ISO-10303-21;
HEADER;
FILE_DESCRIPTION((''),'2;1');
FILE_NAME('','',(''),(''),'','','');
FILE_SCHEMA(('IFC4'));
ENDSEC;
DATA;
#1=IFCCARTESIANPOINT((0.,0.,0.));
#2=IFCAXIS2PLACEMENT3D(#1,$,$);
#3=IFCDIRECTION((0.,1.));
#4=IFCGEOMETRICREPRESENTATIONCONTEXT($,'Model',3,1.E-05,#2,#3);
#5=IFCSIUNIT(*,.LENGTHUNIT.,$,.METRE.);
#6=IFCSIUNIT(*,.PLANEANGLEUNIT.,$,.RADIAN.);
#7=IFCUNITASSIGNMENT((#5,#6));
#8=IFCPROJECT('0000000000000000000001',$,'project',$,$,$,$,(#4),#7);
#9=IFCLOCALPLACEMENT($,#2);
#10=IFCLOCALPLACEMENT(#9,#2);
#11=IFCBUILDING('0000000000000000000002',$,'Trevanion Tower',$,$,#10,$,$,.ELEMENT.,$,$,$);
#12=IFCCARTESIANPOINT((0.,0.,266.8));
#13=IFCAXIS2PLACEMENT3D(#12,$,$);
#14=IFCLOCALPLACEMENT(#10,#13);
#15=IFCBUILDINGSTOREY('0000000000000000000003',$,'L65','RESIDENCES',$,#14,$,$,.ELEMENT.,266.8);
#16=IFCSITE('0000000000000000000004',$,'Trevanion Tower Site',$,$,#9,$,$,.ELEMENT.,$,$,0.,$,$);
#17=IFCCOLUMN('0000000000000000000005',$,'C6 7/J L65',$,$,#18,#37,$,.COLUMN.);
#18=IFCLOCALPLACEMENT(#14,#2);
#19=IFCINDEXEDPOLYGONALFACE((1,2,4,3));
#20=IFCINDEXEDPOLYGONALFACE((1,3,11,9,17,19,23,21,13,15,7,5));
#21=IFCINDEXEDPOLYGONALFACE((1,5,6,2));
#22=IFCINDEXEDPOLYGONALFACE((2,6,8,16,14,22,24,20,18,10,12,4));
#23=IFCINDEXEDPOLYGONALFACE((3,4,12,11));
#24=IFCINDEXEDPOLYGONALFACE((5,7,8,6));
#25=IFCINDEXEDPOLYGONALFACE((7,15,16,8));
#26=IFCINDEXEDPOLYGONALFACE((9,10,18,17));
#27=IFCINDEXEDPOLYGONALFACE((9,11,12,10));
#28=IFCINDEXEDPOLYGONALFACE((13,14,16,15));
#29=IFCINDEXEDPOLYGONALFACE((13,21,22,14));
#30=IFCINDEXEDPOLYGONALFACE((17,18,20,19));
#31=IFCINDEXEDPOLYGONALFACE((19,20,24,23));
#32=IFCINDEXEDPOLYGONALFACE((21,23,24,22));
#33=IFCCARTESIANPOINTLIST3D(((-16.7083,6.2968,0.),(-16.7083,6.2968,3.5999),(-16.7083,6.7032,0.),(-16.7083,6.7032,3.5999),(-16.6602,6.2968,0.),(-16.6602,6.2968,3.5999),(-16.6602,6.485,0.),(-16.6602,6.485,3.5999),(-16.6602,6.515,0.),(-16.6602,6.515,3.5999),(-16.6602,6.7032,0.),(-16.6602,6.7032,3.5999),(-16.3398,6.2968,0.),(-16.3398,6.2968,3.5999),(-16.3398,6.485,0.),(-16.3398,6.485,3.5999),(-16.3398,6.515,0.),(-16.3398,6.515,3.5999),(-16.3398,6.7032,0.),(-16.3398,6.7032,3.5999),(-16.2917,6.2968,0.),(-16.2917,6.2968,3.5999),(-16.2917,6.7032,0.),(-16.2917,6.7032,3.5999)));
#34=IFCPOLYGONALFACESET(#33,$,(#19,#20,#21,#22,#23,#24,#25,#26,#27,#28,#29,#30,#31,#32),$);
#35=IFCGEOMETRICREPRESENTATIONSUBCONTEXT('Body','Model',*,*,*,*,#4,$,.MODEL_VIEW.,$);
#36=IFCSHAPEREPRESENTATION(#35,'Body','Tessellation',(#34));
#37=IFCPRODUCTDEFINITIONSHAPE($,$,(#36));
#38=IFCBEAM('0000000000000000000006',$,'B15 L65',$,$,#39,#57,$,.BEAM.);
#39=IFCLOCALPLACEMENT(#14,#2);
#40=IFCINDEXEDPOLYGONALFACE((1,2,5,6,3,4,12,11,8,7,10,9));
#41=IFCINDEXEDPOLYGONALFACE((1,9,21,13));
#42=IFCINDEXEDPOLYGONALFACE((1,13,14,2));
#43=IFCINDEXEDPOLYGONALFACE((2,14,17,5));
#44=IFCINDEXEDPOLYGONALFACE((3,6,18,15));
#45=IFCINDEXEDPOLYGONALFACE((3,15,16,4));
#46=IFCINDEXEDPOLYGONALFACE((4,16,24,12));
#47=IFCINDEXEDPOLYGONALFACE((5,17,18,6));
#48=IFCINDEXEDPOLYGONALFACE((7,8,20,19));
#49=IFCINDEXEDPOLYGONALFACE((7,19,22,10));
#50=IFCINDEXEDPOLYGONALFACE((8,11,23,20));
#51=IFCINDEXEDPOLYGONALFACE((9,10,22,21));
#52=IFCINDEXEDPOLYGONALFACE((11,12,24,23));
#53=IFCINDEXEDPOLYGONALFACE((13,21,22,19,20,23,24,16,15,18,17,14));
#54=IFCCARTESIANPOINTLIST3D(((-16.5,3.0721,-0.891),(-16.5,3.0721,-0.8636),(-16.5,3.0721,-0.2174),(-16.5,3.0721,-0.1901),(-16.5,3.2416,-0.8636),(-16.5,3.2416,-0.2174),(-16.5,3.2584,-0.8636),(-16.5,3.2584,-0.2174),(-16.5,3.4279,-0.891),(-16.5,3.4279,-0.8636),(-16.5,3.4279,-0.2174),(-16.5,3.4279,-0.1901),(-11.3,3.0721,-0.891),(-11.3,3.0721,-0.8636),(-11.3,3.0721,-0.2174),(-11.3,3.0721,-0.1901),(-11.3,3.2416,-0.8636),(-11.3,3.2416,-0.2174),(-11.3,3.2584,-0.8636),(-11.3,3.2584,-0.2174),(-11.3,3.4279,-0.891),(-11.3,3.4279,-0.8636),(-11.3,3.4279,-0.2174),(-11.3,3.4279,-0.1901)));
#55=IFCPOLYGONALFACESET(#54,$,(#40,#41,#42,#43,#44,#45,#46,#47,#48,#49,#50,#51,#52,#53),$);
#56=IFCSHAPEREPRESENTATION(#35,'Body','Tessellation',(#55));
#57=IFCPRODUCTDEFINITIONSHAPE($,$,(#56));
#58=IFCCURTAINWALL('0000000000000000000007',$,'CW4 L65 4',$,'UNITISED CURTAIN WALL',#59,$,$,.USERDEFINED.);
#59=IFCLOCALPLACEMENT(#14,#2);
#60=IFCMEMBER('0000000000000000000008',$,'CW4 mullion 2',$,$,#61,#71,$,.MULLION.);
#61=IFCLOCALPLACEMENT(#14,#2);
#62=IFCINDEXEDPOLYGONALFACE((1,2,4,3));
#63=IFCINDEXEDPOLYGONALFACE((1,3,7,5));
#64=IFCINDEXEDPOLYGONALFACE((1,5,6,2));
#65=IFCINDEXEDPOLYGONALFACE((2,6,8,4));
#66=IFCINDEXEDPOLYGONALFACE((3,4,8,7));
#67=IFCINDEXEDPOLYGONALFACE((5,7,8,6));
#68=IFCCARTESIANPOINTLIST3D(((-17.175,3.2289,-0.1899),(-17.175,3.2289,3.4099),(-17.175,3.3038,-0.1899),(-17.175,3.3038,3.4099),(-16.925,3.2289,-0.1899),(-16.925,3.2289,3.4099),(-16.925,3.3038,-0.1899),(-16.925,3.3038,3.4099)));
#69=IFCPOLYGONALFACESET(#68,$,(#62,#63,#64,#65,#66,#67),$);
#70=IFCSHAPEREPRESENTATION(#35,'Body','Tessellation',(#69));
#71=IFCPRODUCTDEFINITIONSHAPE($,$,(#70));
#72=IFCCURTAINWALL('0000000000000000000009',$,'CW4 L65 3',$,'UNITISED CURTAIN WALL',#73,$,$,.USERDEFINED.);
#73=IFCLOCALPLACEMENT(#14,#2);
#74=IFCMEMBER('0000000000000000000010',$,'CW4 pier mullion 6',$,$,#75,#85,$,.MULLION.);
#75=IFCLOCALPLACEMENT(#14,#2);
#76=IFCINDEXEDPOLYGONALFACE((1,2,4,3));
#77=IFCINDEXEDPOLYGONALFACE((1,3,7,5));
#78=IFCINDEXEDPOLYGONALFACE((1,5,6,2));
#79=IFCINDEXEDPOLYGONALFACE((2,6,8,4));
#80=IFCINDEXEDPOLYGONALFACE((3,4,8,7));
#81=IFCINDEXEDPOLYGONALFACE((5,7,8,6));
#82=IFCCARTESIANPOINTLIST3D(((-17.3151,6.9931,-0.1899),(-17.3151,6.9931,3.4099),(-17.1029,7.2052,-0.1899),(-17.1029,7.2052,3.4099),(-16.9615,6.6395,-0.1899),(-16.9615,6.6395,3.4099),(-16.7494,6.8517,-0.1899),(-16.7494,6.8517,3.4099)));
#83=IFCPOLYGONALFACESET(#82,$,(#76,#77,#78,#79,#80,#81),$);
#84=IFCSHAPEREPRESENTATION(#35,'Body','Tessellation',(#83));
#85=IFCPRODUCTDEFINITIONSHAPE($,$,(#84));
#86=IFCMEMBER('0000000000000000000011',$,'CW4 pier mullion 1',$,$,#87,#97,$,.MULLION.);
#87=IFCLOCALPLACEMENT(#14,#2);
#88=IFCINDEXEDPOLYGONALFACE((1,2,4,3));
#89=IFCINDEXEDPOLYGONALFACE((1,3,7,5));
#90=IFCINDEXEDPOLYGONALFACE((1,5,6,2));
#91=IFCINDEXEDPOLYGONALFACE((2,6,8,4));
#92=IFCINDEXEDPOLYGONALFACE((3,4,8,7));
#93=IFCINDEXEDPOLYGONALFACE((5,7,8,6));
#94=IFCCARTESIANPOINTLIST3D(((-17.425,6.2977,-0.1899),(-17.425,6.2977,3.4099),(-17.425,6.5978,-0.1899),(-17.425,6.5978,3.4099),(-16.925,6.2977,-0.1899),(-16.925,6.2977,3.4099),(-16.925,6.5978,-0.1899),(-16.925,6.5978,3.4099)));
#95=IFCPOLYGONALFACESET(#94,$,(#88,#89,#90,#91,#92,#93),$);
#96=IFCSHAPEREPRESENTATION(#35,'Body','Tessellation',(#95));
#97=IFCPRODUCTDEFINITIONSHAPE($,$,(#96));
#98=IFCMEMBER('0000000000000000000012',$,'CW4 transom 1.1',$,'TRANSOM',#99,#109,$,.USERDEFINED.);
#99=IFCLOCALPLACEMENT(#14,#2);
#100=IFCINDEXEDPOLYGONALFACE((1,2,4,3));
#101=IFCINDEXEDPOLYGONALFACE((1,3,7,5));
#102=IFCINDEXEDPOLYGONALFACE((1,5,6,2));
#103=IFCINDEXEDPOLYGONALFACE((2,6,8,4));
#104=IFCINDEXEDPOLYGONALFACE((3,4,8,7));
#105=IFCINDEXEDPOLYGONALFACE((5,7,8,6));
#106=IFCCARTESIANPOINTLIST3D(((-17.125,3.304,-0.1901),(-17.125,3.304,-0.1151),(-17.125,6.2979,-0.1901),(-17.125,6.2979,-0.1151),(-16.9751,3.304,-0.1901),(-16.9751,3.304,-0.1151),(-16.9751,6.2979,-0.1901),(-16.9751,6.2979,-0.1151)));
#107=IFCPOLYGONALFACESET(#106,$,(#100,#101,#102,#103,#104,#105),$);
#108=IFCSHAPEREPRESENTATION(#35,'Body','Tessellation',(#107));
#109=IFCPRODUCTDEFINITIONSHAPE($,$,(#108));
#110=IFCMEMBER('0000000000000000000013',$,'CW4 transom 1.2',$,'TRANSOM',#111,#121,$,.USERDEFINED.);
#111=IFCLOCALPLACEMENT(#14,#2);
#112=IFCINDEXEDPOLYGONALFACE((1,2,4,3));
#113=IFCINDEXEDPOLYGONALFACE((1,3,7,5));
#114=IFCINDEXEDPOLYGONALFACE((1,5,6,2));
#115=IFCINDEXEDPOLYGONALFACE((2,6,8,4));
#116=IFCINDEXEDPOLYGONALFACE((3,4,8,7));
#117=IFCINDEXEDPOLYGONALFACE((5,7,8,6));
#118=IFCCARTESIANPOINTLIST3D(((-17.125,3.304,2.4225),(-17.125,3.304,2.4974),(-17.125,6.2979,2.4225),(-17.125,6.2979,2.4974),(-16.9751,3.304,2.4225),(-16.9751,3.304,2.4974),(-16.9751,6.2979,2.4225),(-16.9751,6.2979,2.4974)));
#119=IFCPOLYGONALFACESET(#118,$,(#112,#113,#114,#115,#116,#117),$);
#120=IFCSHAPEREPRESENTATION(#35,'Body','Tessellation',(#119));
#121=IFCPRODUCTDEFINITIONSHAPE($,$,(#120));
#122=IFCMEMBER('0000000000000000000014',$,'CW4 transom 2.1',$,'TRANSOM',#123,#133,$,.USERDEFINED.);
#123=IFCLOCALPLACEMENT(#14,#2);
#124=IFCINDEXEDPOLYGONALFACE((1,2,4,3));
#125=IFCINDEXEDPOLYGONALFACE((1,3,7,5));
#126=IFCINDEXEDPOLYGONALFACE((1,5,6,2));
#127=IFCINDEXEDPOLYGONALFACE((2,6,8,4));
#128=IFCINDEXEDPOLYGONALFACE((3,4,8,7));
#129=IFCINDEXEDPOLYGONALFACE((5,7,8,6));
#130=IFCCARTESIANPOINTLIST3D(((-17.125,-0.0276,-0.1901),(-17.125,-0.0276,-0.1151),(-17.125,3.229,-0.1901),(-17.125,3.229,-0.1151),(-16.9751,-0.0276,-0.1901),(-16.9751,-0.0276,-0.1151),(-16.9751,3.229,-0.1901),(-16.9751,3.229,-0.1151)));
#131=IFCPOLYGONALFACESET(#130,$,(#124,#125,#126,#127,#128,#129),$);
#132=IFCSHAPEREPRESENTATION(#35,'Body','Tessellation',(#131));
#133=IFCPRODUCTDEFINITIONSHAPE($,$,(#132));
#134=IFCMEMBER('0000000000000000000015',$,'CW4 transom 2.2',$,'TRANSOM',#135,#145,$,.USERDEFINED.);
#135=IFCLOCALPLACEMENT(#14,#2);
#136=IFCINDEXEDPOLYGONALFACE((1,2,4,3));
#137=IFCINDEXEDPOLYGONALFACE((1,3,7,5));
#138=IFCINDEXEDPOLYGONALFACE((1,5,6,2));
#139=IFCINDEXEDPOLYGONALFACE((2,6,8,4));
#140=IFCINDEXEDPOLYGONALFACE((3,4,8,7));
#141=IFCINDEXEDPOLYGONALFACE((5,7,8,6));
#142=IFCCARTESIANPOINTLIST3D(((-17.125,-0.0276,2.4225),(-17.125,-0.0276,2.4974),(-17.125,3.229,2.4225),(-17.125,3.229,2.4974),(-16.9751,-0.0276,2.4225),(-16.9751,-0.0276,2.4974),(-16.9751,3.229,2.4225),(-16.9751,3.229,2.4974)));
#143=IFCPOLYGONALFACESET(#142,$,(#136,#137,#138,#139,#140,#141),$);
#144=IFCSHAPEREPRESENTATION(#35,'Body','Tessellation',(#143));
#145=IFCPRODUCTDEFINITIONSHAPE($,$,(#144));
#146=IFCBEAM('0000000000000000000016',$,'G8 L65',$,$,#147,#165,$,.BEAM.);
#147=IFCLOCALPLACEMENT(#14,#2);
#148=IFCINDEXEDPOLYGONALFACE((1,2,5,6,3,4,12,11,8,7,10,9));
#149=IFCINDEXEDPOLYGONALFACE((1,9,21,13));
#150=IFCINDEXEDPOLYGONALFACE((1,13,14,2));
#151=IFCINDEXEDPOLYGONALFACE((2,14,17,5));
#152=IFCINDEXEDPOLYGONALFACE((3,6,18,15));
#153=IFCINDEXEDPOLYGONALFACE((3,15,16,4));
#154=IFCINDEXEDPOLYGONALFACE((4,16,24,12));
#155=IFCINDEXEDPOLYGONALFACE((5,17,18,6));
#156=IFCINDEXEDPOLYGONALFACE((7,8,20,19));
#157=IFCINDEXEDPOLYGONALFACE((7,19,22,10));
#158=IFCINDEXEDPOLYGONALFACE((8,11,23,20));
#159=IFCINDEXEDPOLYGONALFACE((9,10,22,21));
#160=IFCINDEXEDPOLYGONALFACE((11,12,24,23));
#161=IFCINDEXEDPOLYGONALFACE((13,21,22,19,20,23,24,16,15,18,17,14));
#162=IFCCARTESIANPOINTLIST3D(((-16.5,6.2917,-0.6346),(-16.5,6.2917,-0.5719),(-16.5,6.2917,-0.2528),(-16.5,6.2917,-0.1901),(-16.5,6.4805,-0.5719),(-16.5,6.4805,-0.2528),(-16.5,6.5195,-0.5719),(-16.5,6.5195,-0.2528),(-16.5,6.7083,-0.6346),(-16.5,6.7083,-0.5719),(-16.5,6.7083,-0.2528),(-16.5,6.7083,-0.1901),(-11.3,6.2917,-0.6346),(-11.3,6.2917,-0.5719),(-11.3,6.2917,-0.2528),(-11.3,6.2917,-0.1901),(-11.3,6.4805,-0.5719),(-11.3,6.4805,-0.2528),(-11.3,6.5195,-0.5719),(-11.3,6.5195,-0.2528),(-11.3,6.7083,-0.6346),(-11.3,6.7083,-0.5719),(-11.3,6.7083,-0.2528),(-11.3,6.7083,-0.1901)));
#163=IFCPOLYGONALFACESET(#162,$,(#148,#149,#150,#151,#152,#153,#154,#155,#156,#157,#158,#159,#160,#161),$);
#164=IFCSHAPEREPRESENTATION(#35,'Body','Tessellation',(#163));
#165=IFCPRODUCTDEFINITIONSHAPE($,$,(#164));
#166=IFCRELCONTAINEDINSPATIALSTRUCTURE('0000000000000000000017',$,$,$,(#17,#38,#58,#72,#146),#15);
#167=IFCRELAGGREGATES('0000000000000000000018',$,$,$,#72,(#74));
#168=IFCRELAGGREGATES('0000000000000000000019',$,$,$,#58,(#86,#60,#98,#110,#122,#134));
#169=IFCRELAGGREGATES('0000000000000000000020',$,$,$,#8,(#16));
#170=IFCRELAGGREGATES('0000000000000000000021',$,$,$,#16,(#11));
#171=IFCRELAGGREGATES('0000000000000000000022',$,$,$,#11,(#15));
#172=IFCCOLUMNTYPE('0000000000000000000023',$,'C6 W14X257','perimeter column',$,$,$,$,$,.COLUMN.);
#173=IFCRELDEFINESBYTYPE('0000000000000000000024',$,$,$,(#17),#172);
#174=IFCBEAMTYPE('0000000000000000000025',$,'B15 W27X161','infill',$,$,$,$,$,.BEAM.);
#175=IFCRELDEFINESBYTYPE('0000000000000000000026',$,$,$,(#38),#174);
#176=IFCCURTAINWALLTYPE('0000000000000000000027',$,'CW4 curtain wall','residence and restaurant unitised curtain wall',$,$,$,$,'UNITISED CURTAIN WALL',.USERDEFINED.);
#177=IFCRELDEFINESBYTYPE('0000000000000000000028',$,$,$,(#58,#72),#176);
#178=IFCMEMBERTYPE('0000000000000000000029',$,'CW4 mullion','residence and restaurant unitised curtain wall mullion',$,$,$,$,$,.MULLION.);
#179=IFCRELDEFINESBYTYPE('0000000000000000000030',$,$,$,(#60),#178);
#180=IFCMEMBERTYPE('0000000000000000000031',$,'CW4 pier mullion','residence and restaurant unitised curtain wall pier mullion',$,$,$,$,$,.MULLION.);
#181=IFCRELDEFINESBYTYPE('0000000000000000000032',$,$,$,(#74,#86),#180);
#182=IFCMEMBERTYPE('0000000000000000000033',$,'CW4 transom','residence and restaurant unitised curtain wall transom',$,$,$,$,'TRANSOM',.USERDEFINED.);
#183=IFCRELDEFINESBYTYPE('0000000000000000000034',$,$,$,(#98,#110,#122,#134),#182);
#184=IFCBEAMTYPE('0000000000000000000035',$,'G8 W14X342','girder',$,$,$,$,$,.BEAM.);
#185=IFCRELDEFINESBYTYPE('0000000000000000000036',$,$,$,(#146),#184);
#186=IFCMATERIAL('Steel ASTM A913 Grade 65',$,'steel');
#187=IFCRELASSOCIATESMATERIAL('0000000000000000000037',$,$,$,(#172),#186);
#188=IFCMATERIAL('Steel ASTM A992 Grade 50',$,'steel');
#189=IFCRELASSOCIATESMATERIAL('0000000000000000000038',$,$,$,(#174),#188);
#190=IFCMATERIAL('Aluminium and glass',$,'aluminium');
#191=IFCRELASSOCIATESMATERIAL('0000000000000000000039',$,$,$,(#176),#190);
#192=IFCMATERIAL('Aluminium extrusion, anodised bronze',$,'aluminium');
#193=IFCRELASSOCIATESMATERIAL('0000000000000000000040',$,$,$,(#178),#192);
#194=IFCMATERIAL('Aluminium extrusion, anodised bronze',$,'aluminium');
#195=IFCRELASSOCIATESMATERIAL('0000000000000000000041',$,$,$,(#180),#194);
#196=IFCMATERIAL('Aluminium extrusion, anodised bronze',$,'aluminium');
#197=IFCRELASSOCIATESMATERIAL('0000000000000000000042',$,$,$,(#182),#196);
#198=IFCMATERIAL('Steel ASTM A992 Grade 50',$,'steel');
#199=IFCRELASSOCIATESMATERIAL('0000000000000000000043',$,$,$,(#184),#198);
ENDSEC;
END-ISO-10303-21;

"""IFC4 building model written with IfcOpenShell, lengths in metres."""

from ifc_helpers import new_model, si_unit, direction, frame, origin, origin_2d, place, context, subcontext, project, spatial, rectangle, i_section, extrude, material, material_profile, profile_set, type_object, element, aggregate, save


model = new_model("IFC4")

# Units and contexts
model_context = context("Model", 3, precision=1e-05, world=origin(), true_north=direction((0.0, 1.0)))
body_context = subcontext(model_context, "Body", "Model", "MODEL_VIEW")
ifc_project = project(units=[si_unit("LENGTHUNIT", "METRE"), si_unit("PLANEANGLEUNIT", "RADIAN")], contexts=[model_context])

# Site, building, storey
site_placement = place(None, origin())
site = spatial("IfcSite", under=ifc_project, at=site_placement, Name="Trevanion Tower Site", CompositionType="ELEMENT", RefElevation=0.0)
building_placement = place(site_placement, origin())
building = spatial("IfcBuilding", under=site, at=building_placement, Name="Trevanion Tower", CompositionType="ELEMENT")
storey_placement = place(building_placement, frame((0.0, 0.0, 266.8)))
storey = spatial("IfcBuildingStorey", under=building, at=storey_placement, Name="L65", Description="RESIDENCES", CompositionType="ELEMENT", Elevation=266.8)

# Column
ifc_material_1 = material(Name="Steel ASTM A913 Grade 65", Category="steel")
ifc_material_profile_1 = material_profile(ifc_material_1, i_section(OverallWidth=0.4065, OverallDepth=0.4165, WebThickness=0.03, FlangeThickness=0.0481, at=origin_2d()), Name="W14X257")
ifc_profile_set_1 = profile_set([ifc_material_profile_1], Name="Steel ASTM A913 Grade 65")
column_type = type_object("IfcColumnType", Name="C6 W14X257", Description="perimeter column", PredefinedType="COLUMN", material=ifc_profile_set_1)
column_placement = place(storey_placement, frame((-16.5, 6.5, 0.0), z_axis=(0.0, 0.0, 1.0), x_axis=(0.0, 1.0, 0.0)))
element("IfcColumn", 1, at=column_placement, inside=storey, type_object=column_type, Name="C6 7/J L65", PredefinedType="COLUMN", context=body_context, shape_type="SweptSolid", body=[
    extrude(i_section(OverallWidth=0.4065, OverallDepth=0.4165, WebThickness=0.03, FlangeThickness=0.0481, at=origin_2d()), origin(), (0.0, 0.0, 1.0), 3.5999),
])

# Beam
ifc_material_2 = material(Name="Steel ASTM A992 Grade 50", Category="steel")
ifc_material_profile_2 = material_profile(ifc_material_2, i_section(OverallWidth=0.3557, OverallDepth=0.7009, WebThickness=0.0168, FlangeThickness=0.0273, at=origin_2d()), Name="W27X161")
ifc_profile_set_2 = profile_set([ifc_material_profile_2], Name="Steel ASTM A992 Grade 50")
beam_type_1 = type_object("IfcBeamType", Name="B15 W27X161", Description="infill", PredefinedType="BEAM", material=ifc_profile_set_2)
beam_1_placement = place(storey_placement, frame((-11.3, 3.25, -0.5405), z_axis=(-1.0, 0.0, 0.0), x_axis=(0.0, -1.0, 0.0)))
element("IfcBeam", 2, at=beam_1_placement, inside=storey, type_object=beam_type_1, Name="B15 L65", PredefinedType="BEAM", context=body_context, shape_type="SweptSolid", body=[
    extrude(i_section(OverallWidth=0.3557, OverallDepth=0.7009, WebThickness=0.0168, FlangeThickness=0.0273, at=origin_2d()), origin(), (0.0, 0.0, 1.0), 5.2),
])

# Curtain walls, members
ifc_material_3 = material(Name="Aluminium and glass", Category="aluminium")
curtain_wall_type = type_object("IfcCurtainWallType", Name="CW4 curtain wall", Description="residence and restaurant unitised curtain wall", ElementType="UNITISED CURTAIN WALL", PredefinedType="USERDEFINED", material=ifc_material_3)
curtain_wall_1_placement = place(storey_placement, origin())
curtain_wall_1 = element("IfcCurtainWall", 3, at=curtain_wall_1_placement, inside=storey, type_object=curtain_wall_type, Name="CW4 L65 4", ObjectType="UNITISED CURTAIN WALL", PredefinedType="USERDEFINED")
ifc_material_4 = material(Name="Aluminium extrusion, anodised bronze", Category="aluminium")
ifc_material_profile_3 = material_profile(ifc_material_4, rectangle(XDim=0.075, YDim=0.25, at=origin_2d()), Name="CW4 mullion")
ifc_profile_set_3 = profile_set([ifc_material_profile_3], Name="Aluminium extrusion, anodised bronze")
member_type_1 = type_object("IfcMemberType", Name="CW4 mullion", Description="residence and restaurant unitised curtain wall mullion", PredefinedType="MULLION", material=ifc_profile_set_3)
member_1_placement = place(storey_placement, frame((-17.05, 3.2664, -0.1899), z_axis=(0.0, 0.0, 1.0), x_axis=(0.0, -1.0, 0.0)))
member_1 = element("IfcMember", 4, at=member_1_placement, type_object=member_type_1, Name="CW4 mullion 2", PredefinedType="MULLION", context=body_context, shape_type="SweptSolid", body=[
    extrude(rectangle(XDim=0.075, YDim=0.25, at=origin_2d()), origin(), (0.0, 0.0, 1.0), 3.5999),
])
curtain_wall_2_placement = place(storey_placement, origin())
curtain_wall_2 = element("IfcCurtainWall", 5, at=curtain_wall_2_placement, inside=storey, type_object=curtain_wall_type, Name="CW4 L65 3", ObjectType="UNITISED CURTAIN WALL", PredefinedType="USERDEFINED")
ifc_material_5 = material(Name="Aluminium extrusion, anodised bronze", Category="aluminium")
ifc_material_profile_4 = material_profile(ifc_material_5, rectangle(XDim=0.3, YDim=0.5, at=origin_2d()), Name="CW4 pier mullion")
ifc_profile_set_4 = profile_set([ifc_material_profile_4], Name="Aluminium extrusion, anodised bronze")
member_type_2 = type_object("IfcMemberType", Name="CW4 pier mullion", Description="residence and restaurant unitised curtain wall pier mullion", PredefinedType="MULLION", material=ifc_profile_set_4)
member_2_placement = place(storey_placement, frame((-17.0322, 6.9224, -0.1899), z_axis=(0.0, 0.0, 1.0), x_axis=(-0.707107, -0.707107, 0.0)))
member_2 = element("IfcMember", 6, at=member_2_placement, type_object=member_type_2, Name="CW4 pier mullion 6", PredefinedType="MULLION", context=body_context, shape_type="SweptSolid", body=[
    extrude(rectangle(XDim=0.3, YDim=0.5, at=origin_2d()), origin(), (0.0, 0.0, 1.0), 3.5999),
])

# Members
member_3_placement = place(storey_placement, frame((-17.175, 6.4478, -0.1899), z_axis=(0.0, 0.0, 1.0), x_axis=(0.0, -1.0, 0.0)))
member_3 = element("IfcMember", 7, at=member_3_placement, type_object=member_type_2, Name="CW4 pier mullion 1", PredefinedType="MULLION", context=body_context, shape_type="SweptSolid", body=[
    extrude(rectangle(XDim=0.3, YDim=0.5, at=origin_2d()), origin(), (0.0, 0.0, 1.0), 3.5999),
])
ifc_material_6 = material(Name="Aluminium extrusion, anodised bronze", Category="aluminium")
ifc_material_profile_5 = material_profile(ifc_material_6, rectangle(XDim=0.1499, YDim=0.075, at=origin_2d()), Name="CW4 transom")
ifc_profile_set_5 = profile_set([ifc_material_profile_5], Name="Aluminium extrusion, anodised bronze")
member_type_3 = type_object("IfcMemberType", Name="CW4 transom", Description="residence and restaurant unitised curtain wall transom", ElementType="TRANSOM", PredefinedType="USERDEFINED", material=ifc_profile_set_5)
member_4_placement = place(storey_placement, frame((-17.05, 6.2979, -0.1526), z_axis=(0.0, -1.0, 0.0), x_axis=(1.0, 0.0, 0.0)))
member_4 = element("IfcMember", 8, at=member_4_placement, type_object=member_type_3, Name="CW4 transom 1.1", ObjectType="TRANSOM", PredefinedType="USERDEFINED", context=body_context, shape_type="SweptSolid", body=[
    extrude(rectangle(XDim=0.1499, YDim=0.075, at=origin_2d()), origin(), (0.0, 0.0, 1.0), 2.9939),
])
member_5_placement = place(storey_placement, frame((-17.05, 6.2979, 2.46), z_axis=(0.0, -1.0, 0.0), x_axis=(1.0, 0.0, 0.0)))
member_5 = element("IfcMember", 9, at=member_5_placement, type_object=member_type_3, Name="CW4 transom 1.2", ObjectType="TRANSOM", PredefinedType="USERDEFINED", context=body_context, shape_type="SweptSolid", body=[
    extrude(rectangle(XDim=0.1499, YDim=0.075, at=origin_2d()), origin(), (0.0, 0.0, 1.0), 2.9939),
])
member_6_placement = place(storey_placement, frame((-17.05, 3.229, -0.1526), z_axis=(0.0, -1.0, 0.0), x_axis=(1.0, 0.0, 0.0)))
member_6 = element("IfcMember", 10, at=member_6_placement, type_object=member_type_3, Name="CW4 transom 2.1", ObjectType="TRANSOM", PredefinedType="USERDEFINED", context=body_context, shape_type="SweptSolid", body=[
    extrude(rectangle(XDim=0.1499, YDim=0.075, at=origin_2d()), origin(), (0.0, 0.0, 1.0), 3.2566),
])
member_7_placement = place(storey_placement, frame((-17.05, 3.229, 2.46), z_axis=(0.0, -1.0, 0.0), x_axis=(1.0, 0.0, 0.0)))
member_7 = element("IfcMember", 11, at=member_7_placement, type_object=member_type_3, Name="CW4 transom 2.2", ObjectType="TRANSOM", PredefinedType="USERDEFINED", context=body_context, shape_type="SweptSolid", body=[
    extrude(rectangle(XDim=0.1499, YDim=0.075, at=origin_2d()), origin(), (0.0, 0.0, 1.0), 3.2566),
])

# Beam
ifc_material_7 = material(Name="Steel ASTM A992 Grade 50", Category="steel")
ifc_material_profile_6 = material_profile(ifc_material_7, i_section(OverallWidth=0.4165, OverallDepth=0.4446, WebThickness=0.0391, FlangeThickness=0.0627, at=origin_2d()), Name="W14X342")
ifc_profile_set_6 = profile_set([ifc_material_profile_6], Name="Steel ASTM A992 Grade 50")
beam_type_2 = type_object("IfcBeamType", Name="G8 W14X342", Description="girder", PredefinedType="BEAM", material=ifc_profile_set_6)
beam_2_placement = place(storey_placement, frame((-11.3, 6.5, -0.4124), z_axis=(-1.0, 0.0, 0.0), x_axis=(0.0, -1.0, 0.0)))
element("IfcBeam", 12, at=beam_2_placement, inside=storey, type_object=beam_type_2, Name="G8 L65", PredefinedType="BEAM", context=body_context, shape_type="SweptSolid", body=[
    extrude(i_section(OverallWidth=0.4165, OverallDepth=0.4446, WebThickness=0.0391, FlangeThickness=0.0627, at=origin_2d()), origin(), (0.0, 0.0, 1.0), 5.2),
])

aggregate(curtain_wall_2, [member_2])
aggregate(curtain_wall_1, [member_3, member_1, member_4, member_5, member_6, member_7])

save(model, "model.ifc")
